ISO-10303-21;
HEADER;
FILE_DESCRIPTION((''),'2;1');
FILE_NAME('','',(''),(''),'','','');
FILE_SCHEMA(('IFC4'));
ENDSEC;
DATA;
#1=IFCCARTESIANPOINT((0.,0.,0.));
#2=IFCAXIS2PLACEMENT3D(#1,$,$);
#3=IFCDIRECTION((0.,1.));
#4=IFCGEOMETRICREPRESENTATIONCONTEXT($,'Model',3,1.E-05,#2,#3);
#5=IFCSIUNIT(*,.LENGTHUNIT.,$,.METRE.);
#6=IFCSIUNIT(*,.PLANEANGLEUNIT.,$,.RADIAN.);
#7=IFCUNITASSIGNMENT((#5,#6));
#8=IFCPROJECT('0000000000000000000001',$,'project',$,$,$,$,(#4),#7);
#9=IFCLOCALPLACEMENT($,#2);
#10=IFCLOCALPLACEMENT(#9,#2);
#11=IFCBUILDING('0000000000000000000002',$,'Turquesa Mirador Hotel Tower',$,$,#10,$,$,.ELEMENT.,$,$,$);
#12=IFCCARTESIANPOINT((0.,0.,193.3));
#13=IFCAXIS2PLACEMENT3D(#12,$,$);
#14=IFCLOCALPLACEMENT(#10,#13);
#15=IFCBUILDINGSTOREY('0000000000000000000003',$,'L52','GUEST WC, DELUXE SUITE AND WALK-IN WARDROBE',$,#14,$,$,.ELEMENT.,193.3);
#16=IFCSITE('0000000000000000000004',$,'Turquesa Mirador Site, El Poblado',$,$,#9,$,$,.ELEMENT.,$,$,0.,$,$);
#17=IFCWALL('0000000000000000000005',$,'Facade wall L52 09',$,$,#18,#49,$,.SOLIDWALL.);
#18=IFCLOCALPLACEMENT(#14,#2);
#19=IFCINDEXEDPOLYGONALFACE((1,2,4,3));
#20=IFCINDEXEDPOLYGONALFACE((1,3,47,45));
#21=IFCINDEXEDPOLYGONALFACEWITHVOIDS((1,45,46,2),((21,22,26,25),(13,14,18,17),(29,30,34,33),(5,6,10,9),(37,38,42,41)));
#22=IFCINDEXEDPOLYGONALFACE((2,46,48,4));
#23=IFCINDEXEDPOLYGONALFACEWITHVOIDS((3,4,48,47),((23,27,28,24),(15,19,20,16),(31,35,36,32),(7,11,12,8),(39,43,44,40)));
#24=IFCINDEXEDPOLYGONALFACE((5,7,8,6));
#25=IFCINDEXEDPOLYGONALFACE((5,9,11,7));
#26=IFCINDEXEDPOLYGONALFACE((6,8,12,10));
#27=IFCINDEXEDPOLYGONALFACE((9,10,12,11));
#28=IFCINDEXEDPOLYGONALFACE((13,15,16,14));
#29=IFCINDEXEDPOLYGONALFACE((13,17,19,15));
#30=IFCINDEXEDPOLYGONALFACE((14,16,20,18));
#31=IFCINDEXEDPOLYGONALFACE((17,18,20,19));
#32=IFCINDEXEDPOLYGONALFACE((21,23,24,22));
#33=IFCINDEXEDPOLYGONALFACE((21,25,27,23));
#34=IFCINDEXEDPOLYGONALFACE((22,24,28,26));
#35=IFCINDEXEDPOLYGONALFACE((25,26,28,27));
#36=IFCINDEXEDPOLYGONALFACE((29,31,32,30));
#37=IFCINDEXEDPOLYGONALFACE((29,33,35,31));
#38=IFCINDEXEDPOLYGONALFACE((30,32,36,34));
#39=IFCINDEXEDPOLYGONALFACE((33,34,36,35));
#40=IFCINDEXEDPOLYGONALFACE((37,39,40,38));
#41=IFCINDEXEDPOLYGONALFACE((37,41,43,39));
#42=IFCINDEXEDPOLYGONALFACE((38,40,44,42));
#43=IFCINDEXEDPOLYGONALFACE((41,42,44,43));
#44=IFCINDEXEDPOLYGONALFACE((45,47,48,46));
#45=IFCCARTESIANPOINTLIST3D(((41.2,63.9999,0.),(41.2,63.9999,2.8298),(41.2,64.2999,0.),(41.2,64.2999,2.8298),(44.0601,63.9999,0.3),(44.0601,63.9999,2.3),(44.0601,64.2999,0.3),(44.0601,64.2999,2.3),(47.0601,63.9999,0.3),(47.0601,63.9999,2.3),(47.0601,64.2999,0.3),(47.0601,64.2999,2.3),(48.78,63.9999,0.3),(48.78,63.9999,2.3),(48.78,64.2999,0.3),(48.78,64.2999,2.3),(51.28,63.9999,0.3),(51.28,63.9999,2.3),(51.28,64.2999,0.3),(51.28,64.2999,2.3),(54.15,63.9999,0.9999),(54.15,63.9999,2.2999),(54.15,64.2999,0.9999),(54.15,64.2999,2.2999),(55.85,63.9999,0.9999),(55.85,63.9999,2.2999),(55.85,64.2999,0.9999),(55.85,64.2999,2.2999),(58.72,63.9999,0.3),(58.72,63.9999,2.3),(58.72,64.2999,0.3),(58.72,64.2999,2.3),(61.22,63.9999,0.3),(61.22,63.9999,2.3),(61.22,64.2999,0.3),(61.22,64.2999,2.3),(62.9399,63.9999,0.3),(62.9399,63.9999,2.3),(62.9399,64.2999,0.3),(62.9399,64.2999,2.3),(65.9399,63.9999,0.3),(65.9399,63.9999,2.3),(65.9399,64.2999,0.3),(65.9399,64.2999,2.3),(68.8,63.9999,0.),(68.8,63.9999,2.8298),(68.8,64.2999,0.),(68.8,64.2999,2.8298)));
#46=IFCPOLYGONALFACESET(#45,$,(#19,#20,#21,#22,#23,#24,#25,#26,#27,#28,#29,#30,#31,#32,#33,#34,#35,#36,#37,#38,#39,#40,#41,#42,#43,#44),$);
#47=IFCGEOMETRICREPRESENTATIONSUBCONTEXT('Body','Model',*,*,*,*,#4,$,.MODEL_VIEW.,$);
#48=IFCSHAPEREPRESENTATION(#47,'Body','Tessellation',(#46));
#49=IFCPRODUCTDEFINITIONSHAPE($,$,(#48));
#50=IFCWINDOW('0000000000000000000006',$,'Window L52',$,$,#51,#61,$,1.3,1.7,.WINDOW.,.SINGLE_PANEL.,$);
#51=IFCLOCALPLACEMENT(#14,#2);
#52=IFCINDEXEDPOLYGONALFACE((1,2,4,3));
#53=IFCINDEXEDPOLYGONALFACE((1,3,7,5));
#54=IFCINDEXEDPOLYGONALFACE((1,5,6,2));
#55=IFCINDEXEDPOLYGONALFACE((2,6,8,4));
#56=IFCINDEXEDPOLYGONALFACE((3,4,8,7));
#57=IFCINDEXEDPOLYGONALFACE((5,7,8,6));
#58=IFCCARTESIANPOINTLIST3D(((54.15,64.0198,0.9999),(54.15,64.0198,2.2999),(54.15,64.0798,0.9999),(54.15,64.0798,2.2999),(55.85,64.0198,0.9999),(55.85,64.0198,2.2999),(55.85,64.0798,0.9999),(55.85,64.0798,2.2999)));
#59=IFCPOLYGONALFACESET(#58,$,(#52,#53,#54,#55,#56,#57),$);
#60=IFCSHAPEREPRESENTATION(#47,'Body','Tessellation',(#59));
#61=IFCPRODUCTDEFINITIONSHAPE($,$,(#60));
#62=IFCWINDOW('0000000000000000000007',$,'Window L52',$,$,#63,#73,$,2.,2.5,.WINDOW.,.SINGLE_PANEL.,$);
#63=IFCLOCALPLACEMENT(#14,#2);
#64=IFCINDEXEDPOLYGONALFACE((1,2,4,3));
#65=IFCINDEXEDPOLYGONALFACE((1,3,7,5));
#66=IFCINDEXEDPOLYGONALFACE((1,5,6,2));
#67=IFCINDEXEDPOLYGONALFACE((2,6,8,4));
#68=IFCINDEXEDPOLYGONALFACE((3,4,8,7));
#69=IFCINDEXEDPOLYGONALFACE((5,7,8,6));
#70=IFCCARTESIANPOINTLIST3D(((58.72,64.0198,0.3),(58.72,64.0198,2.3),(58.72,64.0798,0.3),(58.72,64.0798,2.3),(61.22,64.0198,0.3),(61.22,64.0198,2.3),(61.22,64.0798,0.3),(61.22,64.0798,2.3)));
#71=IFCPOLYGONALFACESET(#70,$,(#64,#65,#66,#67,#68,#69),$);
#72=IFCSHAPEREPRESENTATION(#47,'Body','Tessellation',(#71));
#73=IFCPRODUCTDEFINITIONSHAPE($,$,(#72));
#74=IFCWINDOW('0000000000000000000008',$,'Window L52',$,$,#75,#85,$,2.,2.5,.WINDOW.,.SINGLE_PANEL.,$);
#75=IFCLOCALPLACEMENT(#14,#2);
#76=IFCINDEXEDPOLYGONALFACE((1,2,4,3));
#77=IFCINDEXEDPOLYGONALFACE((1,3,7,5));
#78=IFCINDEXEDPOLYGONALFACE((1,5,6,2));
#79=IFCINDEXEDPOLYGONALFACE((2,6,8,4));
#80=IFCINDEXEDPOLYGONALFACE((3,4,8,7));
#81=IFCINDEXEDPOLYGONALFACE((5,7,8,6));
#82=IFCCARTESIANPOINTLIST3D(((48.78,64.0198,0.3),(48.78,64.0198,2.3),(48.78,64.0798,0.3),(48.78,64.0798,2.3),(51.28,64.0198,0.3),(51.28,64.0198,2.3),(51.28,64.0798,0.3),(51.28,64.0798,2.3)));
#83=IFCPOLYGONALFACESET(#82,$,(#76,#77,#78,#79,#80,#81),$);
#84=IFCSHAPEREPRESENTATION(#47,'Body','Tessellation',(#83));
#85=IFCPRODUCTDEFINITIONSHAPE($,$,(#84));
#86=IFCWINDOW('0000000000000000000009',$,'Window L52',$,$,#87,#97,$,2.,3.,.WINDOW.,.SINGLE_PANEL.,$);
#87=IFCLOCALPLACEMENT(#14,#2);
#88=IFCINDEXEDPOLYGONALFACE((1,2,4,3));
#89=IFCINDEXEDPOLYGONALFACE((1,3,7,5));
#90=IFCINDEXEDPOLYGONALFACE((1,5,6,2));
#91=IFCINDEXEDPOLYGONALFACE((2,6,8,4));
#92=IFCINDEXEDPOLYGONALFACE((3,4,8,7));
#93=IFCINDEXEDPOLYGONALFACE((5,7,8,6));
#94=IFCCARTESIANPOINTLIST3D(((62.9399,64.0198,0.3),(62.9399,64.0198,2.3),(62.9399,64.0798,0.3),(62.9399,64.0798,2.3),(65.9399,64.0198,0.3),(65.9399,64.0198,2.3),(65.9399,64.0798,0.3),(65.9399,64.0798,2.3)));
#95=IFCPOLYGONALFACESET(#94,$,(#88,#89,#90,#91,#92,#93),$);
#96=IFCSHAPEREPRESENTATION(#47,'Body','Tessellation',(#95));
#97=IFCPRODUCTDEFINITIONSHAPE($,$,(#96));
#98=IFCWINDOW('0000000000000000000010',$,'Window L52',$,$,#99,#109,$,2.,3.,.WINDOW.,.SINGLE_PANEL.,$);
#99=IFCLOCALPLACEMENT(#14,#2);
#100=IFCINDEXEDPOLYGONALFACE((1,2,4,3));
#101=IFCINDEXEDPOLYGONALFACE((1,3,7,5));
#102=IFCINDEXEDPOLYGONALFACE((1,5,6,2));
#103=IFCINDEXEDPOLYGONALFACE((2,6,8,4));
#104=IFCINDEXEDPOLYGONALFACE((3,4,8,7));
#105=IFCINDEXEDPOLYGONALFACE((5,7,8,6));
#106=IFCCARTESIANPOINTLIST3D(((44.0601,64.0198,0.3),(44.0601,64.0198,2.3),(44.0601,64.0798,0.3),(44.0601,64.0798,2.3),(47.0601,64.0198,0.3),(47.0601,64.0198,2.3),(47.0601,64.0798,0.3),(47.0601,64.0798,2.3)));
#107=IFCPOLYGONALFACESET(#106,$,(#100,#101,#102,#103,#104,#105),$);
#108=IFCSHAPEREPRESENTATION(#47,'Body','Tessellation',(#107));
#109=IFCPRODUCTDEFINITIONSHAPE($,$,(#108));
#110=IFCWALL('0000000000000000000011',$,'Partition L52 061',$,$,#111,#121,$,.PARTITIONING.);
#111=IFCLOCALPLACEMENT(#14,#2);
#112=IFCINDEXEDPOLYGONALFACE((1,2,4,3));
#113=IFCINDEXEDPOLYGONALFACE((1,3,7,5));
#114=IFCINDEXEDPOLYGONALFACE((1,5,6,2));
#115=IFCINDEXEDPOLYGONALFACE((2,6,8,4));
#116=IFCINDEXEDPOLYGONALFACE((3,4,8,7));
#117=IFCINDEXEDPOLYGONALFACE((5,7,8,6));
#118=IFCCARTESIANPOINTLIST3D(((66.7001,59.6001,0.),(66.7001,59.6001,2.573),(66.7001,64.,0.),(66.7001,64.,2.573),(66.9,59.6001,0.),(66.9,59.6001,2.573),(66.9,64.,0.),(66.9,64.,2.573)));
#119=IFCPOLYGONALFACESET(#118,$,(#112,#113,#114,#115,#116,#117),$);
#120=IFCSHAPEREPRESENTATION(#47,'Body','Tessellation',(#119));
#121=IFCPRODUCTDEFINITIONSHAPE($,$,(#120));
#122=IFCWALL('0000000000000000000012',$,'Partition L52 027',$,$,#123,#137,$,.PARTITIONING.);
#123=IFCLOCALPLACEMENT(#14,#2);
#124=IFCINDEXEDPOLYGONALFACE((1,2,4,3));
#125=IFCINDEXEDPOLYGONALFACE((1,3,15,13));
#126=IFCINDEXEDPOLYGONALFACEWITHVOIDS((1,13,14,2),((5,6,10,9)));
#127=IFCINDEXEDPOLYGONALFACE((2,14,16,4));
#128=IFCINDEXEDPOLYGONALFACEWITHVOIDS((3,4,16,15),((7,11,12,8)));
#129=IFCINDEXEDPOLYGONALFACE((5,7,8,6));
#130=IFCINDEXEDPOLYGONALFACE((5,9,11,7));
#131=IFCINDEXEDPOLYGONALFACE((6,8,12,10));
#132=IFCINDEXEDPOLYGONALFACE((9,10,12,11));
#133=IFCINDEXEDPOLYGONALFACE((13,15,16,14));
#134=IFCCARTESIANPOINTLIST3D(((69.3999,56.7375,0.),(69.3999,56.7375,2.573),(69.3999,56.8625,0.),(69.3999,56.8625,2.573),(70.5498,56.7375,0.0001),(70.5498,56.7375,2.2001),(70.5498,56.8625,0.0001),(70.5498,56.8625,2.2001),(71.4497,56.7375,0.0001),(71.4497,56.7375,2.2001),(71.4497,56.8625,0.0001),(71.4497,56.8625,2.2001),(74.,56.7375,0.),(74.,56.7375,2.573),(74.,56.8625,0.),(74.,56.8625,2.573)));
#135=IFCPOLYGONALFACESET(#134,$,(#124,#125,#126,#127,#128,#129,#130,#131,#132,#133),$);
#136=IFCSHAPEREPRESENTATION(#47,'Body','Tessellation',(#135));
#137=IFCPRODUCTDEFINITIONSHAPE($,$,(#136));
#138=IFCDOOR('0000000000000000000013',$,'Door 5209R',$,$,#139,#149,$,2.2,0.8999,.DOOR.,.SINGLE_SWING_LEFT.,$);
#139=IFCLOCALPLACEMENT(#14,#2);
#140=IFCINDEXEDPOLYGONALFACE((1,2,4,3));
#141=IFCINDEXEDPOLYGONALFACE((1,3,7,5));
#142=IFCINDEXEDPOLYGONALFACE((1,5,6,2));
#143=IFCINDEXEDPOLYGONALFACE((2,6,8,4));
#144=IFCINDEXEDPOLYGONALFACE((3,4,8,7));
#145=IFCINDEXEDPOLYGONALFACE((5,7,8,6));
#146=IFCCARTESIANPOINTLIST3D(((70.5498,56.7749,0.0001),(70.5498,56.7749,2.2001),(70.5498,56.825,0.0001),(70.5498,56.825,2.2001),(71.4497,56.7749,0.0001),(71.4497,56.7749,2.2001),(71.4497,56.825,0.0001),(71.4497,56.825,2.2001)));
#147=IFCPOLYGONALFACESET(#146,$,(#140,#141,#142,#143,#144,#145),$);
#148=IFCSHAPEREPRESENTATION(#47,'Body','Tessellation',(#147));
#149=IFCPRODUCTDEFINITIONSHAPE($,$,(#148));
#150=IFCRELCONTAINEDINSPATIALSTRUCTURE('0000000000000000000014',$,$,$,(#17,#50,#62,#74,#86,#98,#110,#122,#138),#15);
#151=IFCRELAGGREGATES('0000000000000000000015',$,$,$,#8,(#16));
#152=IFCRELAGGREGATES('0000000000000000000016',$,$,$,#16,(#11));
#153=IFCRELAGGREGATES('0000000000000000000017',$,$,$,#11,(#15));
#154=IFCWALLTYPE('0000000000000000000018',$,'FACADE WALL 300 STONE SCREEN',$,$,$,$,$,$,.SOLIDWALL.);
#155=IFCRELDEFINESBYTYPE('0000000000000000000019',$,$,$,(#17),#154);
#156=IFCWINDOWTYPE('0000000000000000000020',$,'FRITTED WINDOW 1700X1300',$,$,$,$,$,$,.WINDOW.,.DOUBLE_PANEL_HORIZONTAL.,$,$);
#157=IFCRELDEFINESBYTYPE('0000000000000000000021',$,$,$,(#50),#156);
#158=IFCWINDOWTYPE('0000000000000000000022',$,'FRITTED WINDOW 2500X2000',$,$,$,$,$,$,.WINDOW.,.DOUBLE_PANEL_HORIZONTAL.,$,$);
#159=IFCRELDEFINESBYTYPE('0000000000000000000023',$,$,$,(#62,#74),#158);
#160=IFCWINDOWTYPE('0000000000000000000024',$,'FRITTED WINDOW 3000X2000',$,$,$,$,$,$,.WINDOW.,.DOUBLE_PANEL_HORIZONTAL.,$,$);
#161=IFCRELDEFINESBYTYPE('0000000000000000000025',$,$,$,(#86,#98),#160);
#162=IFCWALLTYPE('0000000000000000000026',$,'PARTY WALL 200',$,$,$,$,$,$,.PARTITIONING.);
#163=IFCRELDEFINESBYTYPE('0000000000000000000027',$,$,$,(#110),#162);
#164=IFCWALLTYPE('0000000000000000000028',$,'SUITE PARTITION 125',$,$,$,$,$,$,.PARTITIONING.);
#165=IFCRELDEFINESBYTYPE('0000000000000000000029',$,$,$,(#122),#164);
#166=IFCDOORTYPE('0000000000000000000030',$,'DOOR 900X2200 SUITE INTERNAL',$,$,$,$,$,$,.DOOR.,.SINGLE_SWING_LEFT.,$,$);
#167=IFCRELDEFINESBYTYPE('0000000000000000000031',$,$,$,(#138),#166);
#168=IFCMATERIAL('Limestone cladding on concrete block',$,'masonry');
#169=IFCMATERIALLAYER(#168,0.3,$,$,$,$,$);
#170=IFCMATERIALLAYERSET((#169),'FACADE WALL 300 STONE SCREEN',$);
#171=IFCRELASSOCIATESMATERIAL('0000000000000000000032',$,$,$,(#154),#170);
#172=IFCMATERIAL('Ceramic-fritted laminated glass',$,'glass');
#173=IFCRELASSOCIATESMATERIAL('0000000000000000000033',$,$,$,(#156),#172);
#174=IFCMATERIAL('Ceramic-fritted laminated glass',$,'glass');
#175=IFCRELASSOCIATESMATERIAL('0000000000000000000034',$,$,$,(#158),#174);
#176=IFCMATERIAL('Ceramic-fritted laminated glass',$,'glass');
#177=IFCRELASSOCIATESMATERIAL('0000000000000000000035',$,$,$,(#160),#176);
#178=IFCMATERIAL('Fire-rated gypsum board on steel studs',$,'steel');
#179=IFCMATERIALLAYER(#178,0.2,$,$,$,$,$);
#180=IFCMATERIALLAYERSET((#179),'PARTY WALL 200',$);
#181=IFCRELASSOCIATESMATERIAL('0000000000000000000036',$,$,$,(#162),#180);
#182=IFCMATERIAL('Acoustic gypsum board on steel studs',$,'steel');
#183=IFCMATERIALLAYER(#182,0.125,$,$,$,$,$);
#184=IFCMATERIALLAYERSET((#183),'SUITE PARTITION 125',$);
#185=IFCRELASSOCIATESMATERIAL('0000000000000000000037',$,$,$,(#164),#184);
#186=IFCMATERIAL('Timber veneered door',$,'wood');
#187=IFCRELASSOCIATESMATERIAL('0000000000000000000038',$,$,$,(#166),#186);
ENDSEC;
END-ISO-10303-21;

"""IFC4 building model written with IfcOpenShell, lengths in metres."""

from ifc_helpers import new_model, si_unit, direction, frame, frame_2d, origin, place, context, subcontext, project, spatial, rectangle, extrude, material, layer, layer_set, type_object, element, fill, save


model = new_model("IFC4")

# Units and contexts
model_context = context("Model", 3, precision=1e-05, world=origin(), true_north=direction((0.0, 1.0)))
body_context = subcontext(model_context, "Body", "Model", "MODEL_VIEW")
ifc_project = project(units=[si_unit("LENGTHUNIT", "METRE"), si_unit("PLANEANGLEUNIT", "RADIAN")], contexts=[model_context])

# Site, building, storey
site_placement = place(None, origin())
site = spatial("IfcSite", under=ifc_project, at=site_placement, Name="Turquesa Mirador Site, El Poblado", CompositionType="ELEMENT", RefElevation=0.0)
building_placement = place(site_placement, origin())
building = spatial("IfcBuilding", under=site, at=building_placement, Name="Turquesa Mirador Hotel Tower", CompositionType="ELEMENT")
storey_placement = place(building_placement, frame((0.0, 0.0, 193.3)))
storey = spatial("IfcBuildingStorey", under=building, at=storey_placement, Name="L52", Description="GUEST WC, DELUXE SUITE AND WALK-IN WARDROBE", CompositionType="ELEMENT", Elevation=193.3)

# Shared definitions
ifc_material_1 = material(Name="Limestone cladding on concrete block", Category="masonry")
ifc_layer_1 = layer(ifc_material_1, 0.3)
ifc_layer_set_1 = layer_set([ifc_layer_1], Name="FACADE WALL 300 STONE SCREEN")
wall_type_1 = type_object("IfcWallType", Name="FACADE WALL 300 STONE SCREEN", PredefinedType="SOLIDWALL", material=ifc_layer_set_1)

# Wall, openings, windows
wall_1_placement = place(storey_placement, frame((68.8, 64.1499, 0.0), z_axis=(0.0, 0.0, 1.0), x_axis=(-1.0, 0.0, 0.0)))
wall_1 = element("IfcWall", 1, at=wall_1_placement, inside=storey, type_object=wall_type_1, Name="Facade wall L52 09", PredefinedType="SOLIDWALL", context=body_context, shape_type="SweptSolid", body=[
    extrude(rectangle(XDim=27.6001, YDim=0.3, at=frame_2d((13.8, 0.0))), origin(), (0.0, 0.0, 1.0), 2.8298),
])
opening_1_placement = place(wall_1_placement, frame((2.8601, 0.0, 0.3)))
opening_1 = element("IfcOpeningElement", 2, at=opening_1_placement, cuts=wall_1, PredefinedType="OPENING", context=body_context, shape_type="SweptSolid", body=[
    extrude(rectangle(XDim=3.0, YDim=2.0, at=frame_2d((1.5, 1.0))), frame((0.0, 0.1599, 0.0), z_axis=(0.0, -1.0, 0.0), x_axis=(1.0, 0.0, 0.0)), (0.0, 0.0, 1.0), 0.3201),
])
opening_2_placement = place(wall_1_placement, frame((7.5801, 0.0, 0.3)))
opening_2 = element("IfcOpeningElement", 3, at=opening_2_placement, cuts=wall_1, PredefinedType="OPENING", context=body_context, shape_type="SweptSolid", body=[
    extrude(rectangle(XDim=2.5, YDim=2.0, at=frame_2d((1.25, 1.0))), frame((0.0, 0.1599, 0.0), z_axis=(0.0, -1.0, 0.0), x_axis=(1.0, 0.0, 0.0)), (0.0, 0.0, 1.0), 0.3201),
])
opening_3_placement = place(wall_1_placement, frame((12.95, 0.0, 1.0)))
opening_3 = element("IfcOpeningElement", 4, at=opening_3_placement, cuts=wall_1, PredefinedType="OPENING", context=body_context, shape_type="SweptSolid", body=[
    extrude(rectangle(XDim=1.7, YDim=1.3, at=frame_2d((0.8501, 0.6499))), frame((0.0, 0.1599, 0.0), z_axis=(0.0, -1.0, 0.0), x_axis=(1.0, 0.0, 0.0)), (0.0, 0.0, 1.0), 0.3201),
])
opening_4_placement = place(wall_1_placement, frame((17.52, 0.0, 0.3)))
opening_4 = element("IfcOpeningElement", 5, at=opening_4_placement, cuts=wall_1, PredefinedType="OPENING", context=body_context, shape_type="SweptSolid", body=[
    extrude(rectangle(XDim=2.5, YDim=2.0, at=frame_2d((1.25, 1.0))), frame((0.0, 0.1599, 0.0), z_axis=(0.0, -1.0, 0.0), x_axis=(1.0, 0.0, 0.0)), (0.0, 0.0, 1.0), 0.3201),
])
opening_5_placement = place(wall_1_placement, frame((21.74, 0.0, 0.3)))
opening_5 = element("IfcOpeningElement", 6, at=opening_5_placement, cuts=wall_1, PredefinedType="OPENING", context=body_context, shape_type="SweptSolid", body=[
    extrude(rectangle(XDim=3.0, YDim=2.0, at=frame_2d((1.5, 1.0))), frame((0.0, 0.1599, 0.0), z_axis=(0.0, -1.0, 0.0), x_axis=(1.0, 0.0, 0.0)), (0.0, 0.0, 1.0), 0.3201),
])
ifc_material_2 = material(Name="Ceramic-fritted laminated glass", Category="glass")
window_type_1 = type_object("IfcWindowType", Name="FRITTED WINDOW 1700X1300", PartitioningType="DOUBLE_PANEL_HORIZONTAL", PredefinedType="WINDOW", material=ifc_material_2)
window_1_placement = place(opening_3_placement, origin())
window_1 = element("IfcWindow", 7, at=window_1_placement, inside=storey, type_object=window_type_1, Name="Window L52", OverallHeight=1.3, OverallWidth=1.7, PartitioningType="SINGLE_PANEL", PredefinedType="WINDOW", context=body_context, shape_type="SweptSolid", body=[
    extrude(rectangle(XDim=1.7, YDim=1.3, at=frame_2d((0.8501, 0.6499))), frame((0.0, 0.1301, 0.0), z_axis=(0.0, -1.0, 0.0), x_axis=(1.0, 0.0, 0.0)), (0.0, 0.0, 1.0), 0.0601),
])
fill(opening_3, window_1)
ifc_material_3 = material(Name="Ceramic-fritted laminated glass", Category="glass")
window_type_2 = type_object("IfcWindowType", Name="FRITTED WINDOW 2500X2000", PartitioningType="DOUBLE_PANEL_HORIZONTAL", PredefinedType="WINDOW", material=ifc_material_3)
window_2_placement = place(opening_2_placement, origin())
window_2 = element("IfcWindow", 8, at=window_2_placement, inside=storey, type_object=window_type_2, Name="Window L52", OverallHeight=2.0, OverallWidth=2.5, PartitioningType="SINGLE_PANEL", PredefinedType="WINDOW", context=body_context, shape_type="SweptSolid", body=[
    extrude(rectangle(XDim=2.5, YDim=2.0, at=frame_2d((1.25, 1.0))), frame((0.0, 0.1301, 0.0), z_axis=(0.0, -1.0, 0.0), x_axis=(1.0, 0.0, 0.0)), (0.0, 0.0, 1.0), 0.0601),
])
fill(opening_2, window_2)
window_3_placement = place(opening_4_placement, origin())
window_3 = element("IfcWindow", 9, at=window_3_placement, inside=storey, type_object=window_type_2, Name="Window L52", OverallHeight=2.0, OverallWidth=2.5, PartitioningType="SINGLE_PANEL", PredefinedType="WINDOW", context=body_context, shape_type="SweptSolid", body=[
    extrude(rectangle(XDim=2.5, YDim=2.0, at=frame_2d((1.25, 1.0))), frame((0.0, 0.1301, 0.0), z_axis=(0.0, -1.0, 0.0), x_axis=(1.0, 0.0, 0.0)), (0.0, 0.0, 1.0), 0.0601),
])
fill(opening_4, window_3)
ifc_material_4 = material(Name="Ceramic-fritted laminated glass", Category="glass")
window_type_3 = type_object("IfcWindowType", Name="FRITTED WINDOW 3000X2000", PartitioningType="DOUBLE_PANEL_HORIZONTAL", PredefinedType="WINDOW", material=ifc_material_4)
window_4_placement = place(opening_1_placement, origin())
window_4 = element("IfcWindow", 10, at=window_4_placement, inside=storey, type_object=window_type_3, Name="Window L52", OverallHeight=2.0, OverallWidth=3.0, PartitioningType="SINGLE_PANEL", PredefinedType="WINDOW", context=body_context, shape_type="SweptSolid", body=[
    extrude(rectangle(XDim=3.0, YDim=2.0, at=frame_2d((1.5, 1.0))), frame((0.0, 0.1301, 0.0), z_axis=(0.0, -1.0, 0.0), x_axis=(1.0, 0.0, 0.0)), (0.0, 0.0, 1.0), 0.0601),
])
fill(opening_1, window_4)
window_5_placement = place(opening_5_placement, origin())
window_5 = element("IfcWindow", 11, at=window_5_placement, inside=storey, type_object=window_type_3, Name="Window L52", OverallHeight=2.0, OverallWidth=3.0, PartitioningType="SINGLE_PANEL", PredefinedType="WINDOW", context=body_context, shape_type="SweptSolid", body=[
    extrude(rectangle(XDim=3.0, YDim=2.0, at=frame_2d((1.5, 1.0))), frame((0.0, 0.1301, 0.0), z_axis=(0.0, -1.0, 0.0), x_axis=(1.0, 0.0, 0.0)), (0.0, 0.0, 1.0), 0.0601),
])
fill(opening_5, window_5)

# Wall
ifc_material_5 = material(Name="Fire-rated gypsum board on steel studs", Category="steel")
ifc_layer_2 = layer(ifc_material_5, 0.2)
ifc_layer_set_2 = layer_set([ifc_layer_2], Name="PARTY WALL 200")
wall_type_2 = type_object("IfcWallType", Name="PARTY WALL 200", PredefinedType="PARTITIONING", material=ifc_layer_set_2)
wall_2_placement = place(storey_placement, frame((66.8, 59.6001, 0.0), z_axis=(0.0, 0.0, 1.0), x_axis=(0.0, 1.0, 0.0)))
element("IfcWall", 12, at=wall_2_placement, inside=storey, type_object=wall_type_2, Name="Partition L52 061", PredefinedType="PARTITIONING", context=body_context, shape_type="SweptSolid", body=[
    extrude(rectangle(XDim=4.3999, YDim=0.2, at=frame_2d((2.2, 0.0))), origin(), (0.0, 0.0, 1.0), 2.573),
])

# Wall, opening, door
ifc_material_6 = material(Name="Acoustic gypsum board on steel studs", Category="steel")
ifc_layer_3 = layer(ifc_material_6, 0.125)
ifc_layer_set_3 = layer_set([ifc_layer_3], Name="SUITE PARTITION 125")
wall_type_3 = type_object("IfcWallType", Name="SUITE PARTITION 125", PredefinedType="PARTITIONING", material=ifc_layer_set_3)
wall_3_placement = place(storey_placement, frame((69.3999, 56.8, 0.0), z_axis=(0.0, 0.0, 1.0), x_axis=(1.0, 0.0, 0.0)))
wall_3 = element("IfcWall", 13, at=wall_3_placement, inside=storey, type_object=wall_type_3, Name="Partition L52 027", PredefinedType="PARTITIONING", context=body_context, shape_type="SweptSolid", body=[
    extrude(rectangle(XDim=4.6001, YDim=0.125, at=frame_2d((2.3, 0.0))), origin(), (0.0, 0.0, 1.0), 2.573),
])
opening_6_placement = place(wall_3_placement, frame((1.1499, 0.0, 0.0)))
opening_6 = element("IfcOpeningElement", 14, at=opening_6_placement, cuts=wall_3, PredefinedType="OPENING", context=body_context, shape_type="SweptSolid", body=[
    extrude(rectangle(XDim=0.8999, YDim=2.2, at=frame_2d((0.45, 1.1001))), frame((0.0, 0.0725, 0.0), z_axis=(0.0, -1.0, 0.0), x_axis=(1.0, 0.0, 0.0)), (0.0, 0.0, 1.0), 0.145),
])
ifc_material_7 = material(Name="Timber veneered door", Category="wood")
door_type_1 = type_object("IfcDoorType", Name="DOOR 900X2200 SUITE INTERNAL", OperationType="SINGLE_SWING_LEFT", PredefinedType="DOOR", material=ifc_material_7)
door_1_placement = place(opening_6_placement, origin())
door_1 = element("IfcDoor", 15, at=door_1_placement, inside=storey, type_object=door_type_1, Name="Door 5209R", OperationType="SINGLE_SWING_LEFT", OverallHeight=2.2, OverallWidth=0.8999, PredefinedType="DOOR", context=body_context, shape_type="SweptSolid", body=[
    extrude(rectangle(XDim=0.8999, YDim=2.2, at=frame_2d((0.45, 1.1001))), frame((0.0, 0.0249, 0.0), z_axis=(0.0, -1.0, 0.0), x_axis=(1.0, 0.0, 0.0)), (0.0, 0.0, 1.0), 0.05),
])
fill(opening_6, door_1)

save(model, "model.ifc")
